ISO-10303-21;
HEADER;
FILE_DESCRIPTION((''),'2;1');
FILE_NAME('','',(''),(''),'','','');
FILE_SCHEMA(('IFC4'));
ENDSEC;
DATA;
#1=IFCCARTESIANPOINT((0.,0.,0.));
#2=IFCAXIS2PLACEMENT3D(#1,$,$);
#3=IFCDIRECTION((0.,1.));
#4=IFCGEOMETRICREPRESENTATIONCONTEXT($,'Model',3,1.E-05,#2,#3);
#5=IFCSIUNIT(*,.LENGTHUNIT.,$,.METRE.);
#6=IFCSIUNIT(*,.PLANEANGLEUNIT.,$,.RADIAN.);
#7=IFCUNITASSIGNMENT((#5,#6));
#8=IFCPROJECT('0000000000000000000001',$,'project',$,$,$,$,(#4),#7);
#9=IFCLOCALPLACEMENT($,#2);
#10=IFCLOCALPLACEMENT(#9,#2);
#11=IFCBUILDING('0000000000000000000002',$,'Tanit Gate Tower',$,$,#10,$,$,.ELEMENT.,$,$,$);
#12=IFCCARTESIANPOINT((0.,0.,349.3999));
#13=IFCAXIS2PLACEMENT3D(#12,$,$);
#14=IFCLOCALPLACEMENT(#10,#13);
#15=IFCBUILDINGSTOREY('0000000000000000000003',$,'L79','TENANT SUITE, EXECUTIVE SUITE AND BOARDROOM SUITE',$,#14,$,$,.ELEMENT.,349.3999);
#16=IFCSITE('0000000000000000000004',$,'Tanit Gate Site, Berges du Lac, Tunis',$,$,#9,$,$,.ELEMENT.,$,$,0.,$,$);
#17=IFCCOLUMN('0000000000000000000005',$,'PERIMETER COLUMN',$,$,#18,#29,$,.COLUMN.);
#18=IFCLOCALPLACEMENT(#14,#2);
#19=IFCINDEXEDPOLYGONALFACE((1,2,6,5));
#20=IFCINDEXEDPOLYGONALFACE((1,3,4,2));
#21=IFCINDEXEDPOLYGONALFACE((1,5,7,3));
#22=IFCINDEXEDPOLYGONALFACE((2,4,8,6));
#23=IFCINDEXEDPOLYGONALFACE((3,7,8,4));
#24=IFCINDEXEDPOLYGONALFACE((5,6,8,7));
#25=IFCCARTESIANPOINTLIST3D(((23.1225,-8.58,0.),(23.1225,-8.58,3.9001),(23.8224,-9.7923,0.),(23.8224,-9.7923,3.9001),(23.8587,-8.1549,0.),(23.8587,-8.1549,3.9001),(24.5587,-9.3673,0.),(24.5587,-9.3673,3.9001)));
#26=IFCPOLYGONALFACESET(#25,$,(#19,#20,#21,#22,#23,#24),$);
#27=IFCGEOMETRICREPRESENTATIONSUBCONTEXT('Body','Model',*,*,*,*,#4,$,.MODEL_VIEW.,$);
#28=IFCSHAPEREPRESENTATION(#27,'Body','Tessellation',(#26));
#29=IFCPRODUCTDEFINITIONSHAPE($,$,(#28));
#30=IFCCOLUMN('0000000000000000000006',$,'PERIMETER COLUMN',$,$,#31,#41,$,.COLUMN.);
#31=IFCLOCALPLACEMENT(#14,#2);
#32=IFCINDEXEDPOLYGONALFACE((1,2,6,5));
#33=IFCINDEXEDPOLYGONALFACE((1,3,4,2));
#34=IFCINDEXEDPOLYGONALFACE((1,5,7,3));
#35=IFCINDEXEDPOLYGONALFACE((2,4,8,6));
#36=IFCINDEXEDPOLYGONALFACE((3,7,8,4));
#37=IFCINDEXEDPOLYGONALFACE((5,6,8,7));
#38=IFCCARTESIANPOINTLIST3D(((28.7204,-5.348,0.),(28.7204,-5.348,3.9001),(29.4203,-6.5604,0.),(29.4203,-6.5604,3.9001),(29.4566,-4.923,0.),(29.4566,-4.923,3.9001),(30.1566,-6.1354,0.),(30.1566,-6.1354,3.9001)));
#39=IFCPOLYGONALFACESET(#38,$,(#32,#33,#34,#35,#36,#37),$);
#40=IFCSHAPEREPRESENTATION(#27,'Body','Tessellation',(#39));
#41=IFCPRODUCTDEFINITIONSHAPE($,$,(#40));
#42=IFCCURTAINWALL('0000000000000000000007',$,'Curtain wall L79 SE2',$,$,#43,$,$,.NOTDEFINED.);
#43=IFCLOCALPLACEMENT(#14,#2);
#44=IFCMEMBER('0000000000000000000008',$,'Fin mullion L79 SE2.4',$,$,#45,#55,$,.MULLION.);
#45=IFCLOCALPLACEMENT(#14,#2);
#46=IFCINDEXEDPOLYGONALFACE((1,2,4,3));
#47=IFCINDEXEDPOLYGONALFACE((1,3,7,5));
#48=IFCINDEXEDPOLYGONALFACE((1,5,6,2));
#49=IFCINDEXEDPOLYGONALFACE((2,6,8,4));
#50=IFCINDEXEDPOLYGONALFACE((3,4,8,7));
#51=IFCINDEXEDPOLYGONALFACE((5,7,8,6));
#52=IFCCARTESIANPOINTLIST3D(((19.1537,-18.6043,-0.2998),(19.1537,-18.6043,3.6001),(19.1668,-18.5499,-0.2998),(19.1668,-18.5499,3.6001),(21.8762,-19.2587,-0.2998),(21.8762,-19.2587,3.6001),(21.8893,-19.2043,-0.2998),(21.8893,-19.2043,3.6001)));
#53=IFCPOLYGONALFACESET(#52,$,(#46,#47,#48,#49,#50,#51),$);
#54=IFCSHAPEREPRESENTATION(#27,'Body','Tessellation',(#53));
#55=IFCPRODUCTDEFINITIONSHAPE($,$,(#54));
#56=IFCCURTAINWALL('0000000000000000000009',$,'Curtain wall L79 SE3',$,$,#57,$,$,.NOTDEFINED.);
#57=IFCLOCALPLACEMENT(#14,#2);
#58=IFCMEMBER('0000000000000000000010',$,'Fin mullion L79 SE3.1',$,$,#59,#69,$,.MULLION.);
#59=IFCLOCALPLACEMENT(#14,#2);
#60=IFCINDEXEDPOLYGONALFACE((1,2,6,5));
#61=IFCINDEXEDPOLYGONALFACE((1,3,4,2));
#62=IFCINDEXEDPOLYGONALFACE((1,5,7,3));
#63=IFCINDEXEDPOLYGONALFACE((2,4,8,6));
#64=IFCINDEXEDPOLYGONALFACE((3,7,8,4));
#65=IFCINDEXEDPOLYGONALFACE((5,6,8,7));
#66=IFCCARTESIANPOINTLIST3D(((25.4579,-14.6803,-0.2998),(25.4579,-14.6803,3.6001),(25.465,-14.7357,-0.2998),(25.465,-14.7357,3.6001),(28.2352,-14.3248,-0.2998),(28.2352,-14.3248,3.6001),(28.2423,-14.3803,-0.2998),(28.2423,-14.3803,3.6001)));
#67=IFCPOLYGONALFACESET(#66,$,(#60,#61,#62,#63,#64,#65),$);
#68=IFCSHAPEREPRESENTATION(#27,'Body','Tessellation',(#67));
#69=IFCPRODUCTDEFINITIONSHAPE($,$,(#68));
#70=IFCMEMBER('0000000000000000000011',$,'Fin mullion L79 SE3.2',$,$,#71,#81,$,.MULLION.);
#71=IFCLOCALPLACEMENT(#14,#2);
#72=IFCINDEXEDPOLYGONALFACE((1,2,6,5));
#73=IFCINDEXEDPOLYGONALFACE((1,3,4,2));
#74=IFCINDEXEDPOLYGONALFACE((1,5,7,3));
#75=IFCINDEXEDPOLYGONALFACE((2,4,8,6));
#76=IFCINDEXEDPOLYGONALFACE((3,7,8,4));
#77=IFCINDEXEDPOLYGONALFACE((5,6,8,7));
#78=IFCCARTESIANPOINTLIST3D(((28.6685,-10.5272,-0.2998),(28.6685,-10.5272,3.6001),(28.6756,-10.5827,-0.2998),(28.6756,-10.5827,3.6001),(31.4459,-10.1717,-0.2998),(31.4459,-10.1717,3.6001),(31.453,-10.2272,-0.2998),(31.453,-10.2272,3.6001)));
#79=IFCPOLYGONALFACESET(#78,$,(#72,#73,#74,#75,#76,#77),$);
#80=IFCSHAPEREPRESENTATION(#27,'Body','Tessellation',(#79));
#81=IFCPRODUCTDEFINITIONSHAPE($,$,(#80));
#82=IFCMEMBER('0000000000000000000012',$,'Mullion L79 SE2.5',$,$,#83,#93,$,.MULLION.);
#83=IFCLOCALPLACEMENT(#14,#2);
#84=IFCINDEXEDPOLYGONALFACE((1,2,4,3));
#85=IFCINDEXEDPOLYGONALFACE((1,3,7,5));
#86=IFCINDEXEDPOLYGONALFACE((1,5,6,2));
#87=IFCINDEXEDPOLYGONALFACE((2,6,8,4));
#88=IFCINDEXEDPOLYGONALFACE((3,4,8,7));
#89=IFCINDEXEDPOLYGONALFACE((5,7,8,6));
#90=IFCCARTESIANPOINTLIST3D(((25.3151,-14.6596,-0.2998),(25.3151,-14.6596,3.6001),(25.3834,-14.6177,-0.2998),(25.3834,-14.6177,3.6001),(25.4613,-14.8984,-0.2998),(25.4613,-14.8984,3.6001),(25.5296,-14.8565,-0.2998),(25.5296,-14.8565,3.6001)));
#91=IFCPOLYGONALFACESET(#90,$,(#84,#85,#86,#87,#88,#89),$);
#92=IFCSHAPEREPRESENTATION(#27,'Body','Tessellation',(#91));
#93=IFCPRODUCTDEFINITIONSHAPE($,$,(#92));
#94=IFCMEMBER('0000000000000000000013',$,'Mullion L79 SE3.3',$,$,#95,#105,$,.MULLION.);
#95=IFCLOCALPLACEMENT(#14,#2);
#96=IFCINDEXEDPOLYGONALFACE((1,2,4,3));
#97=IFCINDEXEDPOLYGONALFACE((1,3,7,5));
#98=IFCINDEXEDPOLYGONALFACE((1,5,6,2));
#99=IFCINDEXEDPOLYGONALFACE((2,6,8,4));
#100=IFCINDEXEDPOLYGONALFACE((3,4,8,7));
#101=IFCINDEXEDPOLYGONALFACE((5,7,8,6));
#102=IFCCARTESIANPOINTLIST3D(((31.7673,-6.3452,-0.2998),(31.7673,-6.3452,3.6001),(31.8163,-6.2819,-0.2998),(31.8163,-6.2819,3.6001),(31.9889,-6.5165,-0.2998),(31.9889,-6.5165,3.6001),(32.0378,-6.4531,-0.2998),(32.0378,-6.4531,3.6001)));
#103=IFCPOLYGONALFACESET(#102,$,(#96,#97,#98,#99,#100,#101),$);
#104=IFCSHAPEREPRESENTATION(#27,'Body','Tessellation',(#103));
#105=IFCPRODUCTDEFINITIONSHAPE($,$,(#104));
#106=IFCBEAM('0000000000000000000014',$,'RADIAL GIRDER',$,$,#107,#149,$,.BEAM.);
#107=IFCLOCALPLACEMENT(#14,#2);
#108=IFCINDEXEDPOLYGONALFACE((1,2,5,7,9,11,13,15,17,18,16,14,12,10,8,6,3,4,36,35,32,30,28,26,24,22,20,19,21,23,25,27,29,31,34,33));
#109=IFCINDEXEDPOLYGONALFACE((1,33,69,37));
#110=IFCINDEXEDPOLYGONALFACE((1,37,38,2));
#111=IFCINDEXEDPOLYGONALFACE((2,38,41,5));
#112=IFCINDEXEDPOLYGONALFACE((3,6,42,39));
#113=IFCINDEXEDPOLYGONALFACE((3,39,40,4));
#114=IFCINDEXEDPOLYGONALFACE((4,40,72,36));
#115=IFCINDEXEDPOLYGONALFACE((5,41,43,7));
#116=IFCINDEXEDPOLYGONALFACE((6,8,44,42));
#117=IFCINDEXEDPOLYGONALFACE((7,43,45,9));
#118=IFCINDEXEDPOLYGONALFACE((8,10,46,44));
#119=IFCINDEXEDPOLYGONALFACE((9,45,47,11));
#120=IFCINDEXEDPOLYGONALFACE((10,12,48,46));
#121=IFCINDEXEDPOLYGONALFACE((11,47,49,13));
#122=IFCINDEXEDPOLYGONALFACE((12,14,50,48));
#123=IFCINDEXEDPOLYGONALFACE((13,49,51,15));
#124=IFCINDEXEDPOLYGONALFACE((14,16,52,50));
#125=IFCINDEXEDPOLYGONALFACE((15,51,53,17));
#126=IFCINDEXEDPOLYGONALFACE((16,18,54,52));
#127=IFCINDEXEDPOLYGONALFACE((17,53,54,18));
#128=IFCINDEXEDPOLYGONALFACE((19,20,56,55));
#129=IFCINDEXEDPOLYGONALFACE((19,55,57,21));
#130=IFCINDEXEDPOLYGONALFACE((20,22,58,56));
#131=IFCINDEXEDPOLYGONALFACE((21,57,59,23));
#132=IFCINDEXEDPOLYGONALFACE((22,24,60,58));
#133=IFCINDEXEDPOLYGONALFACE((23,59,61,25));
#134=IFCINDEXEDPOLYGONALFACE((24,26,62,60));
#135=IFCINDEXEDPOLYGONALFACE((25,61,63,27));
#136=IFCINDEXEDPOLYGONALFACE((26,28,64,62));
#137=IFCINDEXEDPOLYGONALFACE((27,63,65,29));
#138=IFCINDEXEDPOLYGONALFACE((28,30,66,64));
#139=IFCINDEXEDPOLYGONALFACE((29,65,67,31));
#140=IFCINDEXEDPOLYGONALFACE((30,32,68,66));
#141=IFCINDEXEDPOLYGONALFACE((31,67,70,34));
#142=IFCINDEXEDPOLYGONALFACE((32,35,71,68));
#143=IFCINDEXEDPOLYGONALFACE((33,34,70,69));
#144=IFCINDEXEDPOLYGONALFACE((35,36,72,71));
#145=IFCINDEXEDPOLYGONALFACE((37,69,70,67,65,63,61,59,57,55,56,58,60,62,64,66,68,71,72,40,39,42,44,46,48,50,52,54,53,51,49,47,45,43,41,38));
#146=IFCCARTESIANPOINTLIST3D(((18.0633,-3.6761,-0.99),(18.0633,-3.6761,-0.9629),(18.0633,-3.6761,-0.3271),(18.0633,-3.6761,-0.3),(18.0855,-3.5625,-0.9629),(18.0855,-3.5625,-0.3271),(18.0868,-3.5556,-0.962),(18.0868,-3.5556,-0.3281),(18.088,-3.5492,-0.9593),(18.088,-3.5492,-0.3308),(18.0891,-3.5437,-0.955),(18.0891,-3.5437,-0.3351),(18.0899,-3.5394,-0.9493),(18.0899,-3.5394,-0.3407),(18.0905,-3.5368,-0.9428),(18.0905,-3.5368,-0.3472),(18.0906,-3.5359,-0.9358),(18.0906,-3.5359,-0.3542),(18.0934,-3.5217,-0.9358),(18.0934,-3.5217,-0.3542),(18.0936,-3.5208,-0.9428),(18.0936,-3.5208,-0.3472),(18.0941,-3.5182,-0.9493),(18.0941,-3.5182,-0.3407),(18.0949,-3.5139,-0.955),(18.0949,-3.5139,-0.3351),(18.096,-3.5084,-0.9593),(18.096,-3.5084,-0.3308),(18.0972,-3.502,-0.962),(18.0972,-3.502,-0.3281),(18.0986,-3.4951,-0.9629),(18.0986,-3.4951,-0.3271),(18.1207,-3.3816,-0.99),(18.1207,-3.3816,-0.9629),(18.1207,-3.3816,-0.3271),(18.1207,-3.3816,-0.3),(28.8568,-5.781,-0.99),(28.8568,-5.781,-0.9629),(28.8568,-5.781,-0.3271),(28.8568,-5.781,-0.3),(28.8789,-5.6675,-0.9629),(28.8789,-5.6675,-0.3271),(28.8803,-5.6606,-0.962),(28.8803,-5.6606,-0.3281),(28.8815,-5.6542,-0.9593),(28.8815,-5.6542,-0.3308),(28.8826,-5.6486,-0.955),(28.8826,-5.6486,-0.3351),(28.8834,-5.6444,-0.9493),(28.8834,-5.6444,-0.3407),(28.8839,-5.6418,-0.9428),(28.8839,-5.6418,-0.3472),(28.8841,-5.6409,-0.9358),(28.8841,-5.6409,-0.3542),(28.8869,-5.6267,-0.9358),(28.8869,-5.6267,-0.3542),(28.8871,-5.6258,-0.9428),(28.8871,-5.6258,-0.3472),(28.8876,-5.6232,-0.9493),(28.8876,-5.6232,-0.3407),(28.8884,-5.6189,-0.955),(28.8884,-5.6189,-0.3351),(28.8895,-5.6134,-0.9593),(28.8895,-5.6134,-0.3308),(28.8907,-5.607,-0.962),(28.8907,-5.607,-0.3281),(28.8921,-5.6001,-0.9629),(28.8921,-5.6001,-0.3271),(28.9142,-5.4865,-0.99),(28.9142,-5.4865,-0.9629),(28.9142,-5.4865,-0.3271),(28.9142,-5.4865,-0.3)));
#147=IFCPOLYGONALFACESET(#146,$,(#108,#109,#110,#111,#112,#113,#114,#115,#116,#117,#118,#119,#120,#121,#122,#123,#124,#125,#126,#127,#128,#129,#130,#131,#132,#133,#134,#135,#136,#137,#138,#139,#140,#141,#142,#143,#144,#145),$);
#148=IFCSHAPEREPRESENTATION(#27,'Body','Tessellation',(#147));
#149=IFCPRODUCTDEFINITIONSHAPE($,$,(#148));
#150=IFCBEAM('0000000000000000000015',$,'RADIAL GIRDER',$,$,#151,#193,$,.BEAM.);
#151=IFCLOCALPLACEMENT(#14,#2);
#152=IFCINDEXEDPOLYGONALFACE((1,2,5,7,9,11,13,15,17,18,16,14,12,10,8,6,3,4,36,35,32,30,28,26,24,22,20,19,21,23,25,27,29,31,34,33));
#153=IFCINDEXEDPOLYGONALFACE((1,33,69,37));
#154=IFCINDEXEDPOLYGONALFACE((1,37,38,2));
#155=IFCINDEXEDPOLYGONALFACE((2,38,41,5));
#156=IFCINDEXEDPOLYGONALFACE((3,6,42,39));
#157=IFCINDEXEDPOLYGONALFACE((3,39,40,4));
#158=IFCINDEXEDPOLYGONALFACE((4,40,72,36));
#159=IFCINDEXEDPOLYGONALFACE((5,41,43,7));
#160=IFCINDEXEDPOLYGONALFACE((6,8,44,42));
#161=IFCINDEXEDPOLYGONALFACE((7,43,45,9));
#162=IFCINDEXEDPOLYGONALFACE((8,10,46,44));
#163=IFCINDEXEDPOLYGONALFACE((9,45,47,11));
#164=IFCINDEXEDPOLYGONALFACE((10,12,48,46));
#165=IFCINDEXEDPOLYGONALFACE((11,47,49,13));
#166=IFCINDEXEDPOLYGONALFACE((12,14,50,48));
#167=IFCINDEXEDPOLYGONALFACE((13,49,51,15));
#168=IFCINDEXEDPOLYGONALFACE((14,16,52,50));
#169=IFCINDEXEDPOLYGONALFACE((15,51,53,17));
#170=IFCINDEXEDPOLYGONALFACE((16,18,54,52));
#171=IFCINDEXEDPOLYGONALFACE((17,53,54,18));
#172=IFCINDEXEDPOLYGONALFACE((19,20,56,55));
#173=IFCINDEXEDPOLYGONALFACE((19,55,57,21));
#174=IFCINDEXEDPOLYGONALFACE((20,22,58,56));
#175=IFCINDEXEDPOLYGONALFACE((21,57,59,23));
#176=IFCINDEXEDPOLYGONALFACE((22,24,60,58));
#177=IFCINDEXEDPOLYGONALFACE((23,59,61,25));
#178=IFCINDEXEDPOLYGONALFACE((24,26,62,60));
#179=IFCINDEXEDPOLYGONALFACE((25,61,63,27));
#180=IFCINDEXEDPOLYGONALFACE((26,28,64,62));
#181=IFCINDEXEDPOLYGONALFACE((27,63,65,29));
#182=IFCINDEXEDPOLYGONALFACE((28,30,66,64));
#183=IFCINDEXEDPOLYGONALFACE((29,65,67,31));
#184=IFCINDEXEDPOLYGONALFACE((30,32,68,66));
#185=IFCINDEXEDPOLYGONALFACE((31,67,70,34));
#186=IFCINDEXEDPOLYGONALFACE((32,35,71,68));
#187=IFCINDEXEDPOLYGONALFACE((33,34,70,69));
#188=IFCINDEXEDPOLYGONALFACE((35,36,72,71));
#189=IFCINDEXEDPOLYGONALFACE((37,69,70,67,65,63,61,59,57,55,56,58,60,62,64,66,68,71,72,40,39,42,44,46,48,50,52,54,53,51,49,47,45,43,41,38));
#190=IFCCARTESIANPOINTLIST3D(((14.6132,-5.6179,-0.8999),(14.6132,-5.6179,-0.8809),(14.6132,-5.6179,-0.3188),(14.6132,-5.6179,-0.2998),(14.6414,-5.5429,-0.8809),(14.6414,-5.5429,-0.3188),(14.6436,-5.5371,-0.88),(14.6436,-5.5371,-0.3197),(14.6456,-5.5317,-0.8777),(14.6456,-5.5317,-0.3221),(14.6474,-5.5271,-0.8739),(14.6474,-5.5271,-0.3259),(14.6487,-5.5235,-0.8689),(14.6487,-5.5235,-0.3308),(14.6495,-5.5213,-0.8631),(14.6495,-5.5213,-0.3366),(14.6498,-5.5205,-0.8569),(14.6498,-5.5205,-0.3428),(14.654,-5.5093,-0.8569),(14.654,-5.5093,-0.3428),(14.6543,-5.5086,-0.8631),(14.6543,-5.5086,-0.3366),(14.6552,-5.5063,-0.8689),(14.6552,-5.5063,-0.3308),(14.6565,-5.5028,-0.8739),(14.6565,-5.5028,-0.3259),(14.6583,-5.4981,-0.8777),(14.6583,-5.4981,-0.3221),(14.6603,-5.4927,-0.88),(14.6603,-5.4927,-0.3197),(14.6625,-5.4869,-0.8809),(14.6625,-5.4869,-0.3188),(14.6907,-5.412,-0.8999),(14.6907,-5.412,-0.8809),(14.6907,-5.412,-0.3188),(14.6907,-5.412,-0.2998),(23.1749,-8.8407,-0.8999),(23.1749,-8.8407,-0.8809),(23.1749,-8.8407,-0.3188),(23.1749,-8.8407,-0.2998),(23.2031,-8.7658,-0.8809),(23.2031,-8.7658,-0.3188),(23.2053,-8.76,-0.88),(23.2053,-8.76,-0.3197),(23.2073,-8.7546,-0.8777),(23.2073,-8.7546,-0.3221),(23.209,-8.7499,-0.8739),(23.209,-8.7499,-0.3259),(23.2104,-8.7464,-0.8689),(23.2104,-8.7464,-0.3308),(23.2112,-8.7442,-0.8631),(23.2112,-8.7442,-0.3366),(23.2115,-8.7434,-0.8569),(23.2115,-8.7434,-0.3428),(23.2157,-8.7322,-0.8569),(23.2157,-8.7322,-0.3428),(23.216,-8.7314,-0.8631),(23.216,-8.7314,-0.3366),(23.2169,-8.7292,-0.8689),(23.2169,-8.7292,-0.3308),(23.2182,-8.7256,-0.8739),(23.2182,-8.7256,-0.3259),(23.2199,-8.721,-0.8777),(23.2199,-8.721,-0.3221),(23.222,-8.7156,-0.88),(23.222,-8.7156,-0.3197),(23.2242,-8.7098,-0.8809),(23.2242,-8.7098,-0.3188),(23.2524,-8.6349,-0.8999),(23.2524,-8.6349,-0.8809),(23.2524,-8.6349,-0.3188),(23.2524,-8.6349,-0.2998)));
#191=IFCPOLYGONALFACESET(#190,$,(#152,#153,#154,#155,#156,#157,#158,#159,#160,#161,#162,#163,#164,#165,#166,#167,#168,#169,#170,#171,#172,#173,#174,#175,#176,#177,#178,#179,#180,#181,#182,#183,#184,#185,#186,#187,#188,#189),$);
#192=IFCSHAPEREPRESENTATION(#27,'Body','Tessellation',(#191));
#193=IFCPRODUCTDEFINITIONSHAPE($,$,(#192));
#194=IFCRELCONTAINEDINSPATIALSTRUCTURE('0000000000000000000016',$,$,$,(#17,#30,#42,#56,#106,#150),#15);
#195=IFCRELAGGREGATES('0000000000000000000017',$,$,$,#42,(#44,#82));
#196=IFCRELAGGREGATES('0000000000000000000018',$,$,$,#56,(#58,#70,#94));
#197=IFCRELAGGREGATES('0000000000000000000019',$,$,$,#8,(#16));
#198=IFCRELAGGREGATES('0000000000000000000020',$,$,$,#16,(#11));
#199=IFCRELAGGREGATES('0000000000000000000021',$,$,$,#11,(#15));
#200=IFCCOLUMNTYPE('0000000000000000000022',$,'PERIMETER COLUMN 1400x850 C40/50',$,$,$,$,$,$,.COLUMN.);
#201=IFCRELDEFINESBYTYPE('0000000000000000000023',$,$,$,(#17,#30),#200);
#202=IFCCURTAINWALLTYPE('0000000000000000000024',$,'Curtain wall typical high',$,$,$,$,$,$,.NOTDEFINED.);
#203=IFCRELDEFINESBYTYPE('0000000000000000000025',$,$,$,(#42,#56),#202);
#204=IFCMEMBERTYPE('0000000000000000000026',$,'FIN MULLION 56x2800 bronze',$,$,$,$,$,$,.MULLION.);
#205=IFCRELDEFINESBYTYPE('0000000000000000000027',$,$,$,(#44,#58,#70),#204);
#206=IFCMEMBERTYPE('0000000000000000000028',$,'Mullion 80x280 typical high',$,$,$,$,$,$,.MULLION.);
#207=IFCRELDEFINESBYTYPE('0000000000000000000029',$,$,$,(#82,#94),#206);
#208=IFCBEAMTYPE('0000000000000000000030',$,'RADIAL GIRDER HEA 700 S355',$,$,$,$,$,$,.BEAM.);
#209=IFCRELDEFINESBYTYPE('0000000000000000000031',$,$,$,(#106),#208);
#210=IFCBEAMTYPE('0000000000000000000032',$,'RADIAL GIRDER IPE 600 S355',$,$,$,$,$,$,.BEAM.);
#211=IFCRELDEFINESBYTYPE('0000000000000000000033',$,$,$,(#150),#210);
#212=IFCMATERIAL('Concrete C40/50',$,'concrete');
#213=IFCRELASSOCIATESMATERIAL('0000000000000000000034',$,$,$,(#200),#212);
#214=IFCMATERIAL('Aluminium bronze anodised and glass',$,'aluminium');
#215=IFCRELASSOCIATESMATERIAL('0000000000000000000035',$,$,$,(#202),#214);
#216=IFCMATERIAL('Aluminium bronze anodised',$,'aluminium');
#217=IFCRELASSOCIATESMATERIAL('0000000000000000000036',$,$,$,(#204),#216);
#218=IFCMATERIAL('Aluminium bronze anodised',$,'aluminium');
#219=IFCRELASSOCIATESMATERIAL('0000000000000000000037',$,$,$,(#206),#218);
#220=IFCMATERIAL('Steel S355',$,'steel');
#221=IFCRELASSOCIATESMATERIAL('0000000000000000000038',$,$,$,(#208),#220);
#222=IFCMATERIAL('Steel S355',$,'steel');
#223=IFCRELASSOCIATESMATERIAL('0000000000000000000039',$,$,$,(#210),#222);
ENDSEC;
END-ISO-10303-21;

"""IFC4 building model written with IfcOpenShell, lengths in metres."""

from ifc_helpers import new_model, si_unit, direction, frame, origin, origin_2d, place, context, subcontext, project, spatial, rectangle, i_section, extrude, material, material_profile, profile_set, type_object, element, aggregate, save


model = new_model("IFC4")

# Units and contexts
model_context = context("Model", 3, precision=1e-05, world=origin(), true_north=direction((0.0, 1.0)))
body_context = subcontext(model_context, "Body", "Model", "MODEL_VIEW")
ifc_project = project(units=[si_unit("LENGTHUNIT", "METRE"), si_unit("PLANEANGLEUNIT", "RADIAN")], contexts=[model_context])

# Site, building, storey
site_placement = place(None, origin())
site = spatial("IfcSite", under=ifc_project, at=site_placement, Name="Tanit Gate Site, Berges du Lac, Tunis", CompositionType="ELEMENT", RefElevation=0.0)
building_placement = place(site_placement, origin())
building = spatial("IfcBuilding", under=site, at=building_placement, Name="Tanit Gate Tower", CompositionType="ELEMENT")
storey_placement = place(building_placement, frame((0.0, 0.0, 349.3999)))
storey = spatial("IfcBuildingStorey", under=building, at=storey_placement, Name="L79", Description="TENANT SUITE, EXECUTIVE SUITE AND BOARDROOM SUITE", CompositionType="ELEMENT", Elevation=349.3999)

# Columns
ifc_material_1 = material(Name="Concrete C40/50", Category="concrete")
ifc_material_profile_1 = material_profile(ifc_material_1, rectangle(XDim=1.3999, YDim=0.8501, at=origin_2d()), Name="RC 1400x850")
ifc_profile_set_1 = profile_set([ifc_material_profile_1], Name="Concrete C40/50")
column_type = type_object("IfcColumnType", Name="PERIMETER COLUMN 1400x850 C40/50", PredefinedType="COLUMN", material=ifc_profile_set_1)
for number, where, z_axis, x_axis, name in (
    (1, (23.8406, -8.9736, 0.0), (0.0, 0.0, 1.0), (0.5, -0.866025, 0.0), "PERIMETER COLUMN"),
    (2, (29.4385, -5.7417, 0.0), (0.0, 0.0, 1.0), (0.5, -0.866025, 0.0), "PERIMETER COLUMN"),
):
    element("IfcColumn", number, at=place(storey_placement, frame(where, z_axis=z_axis, x_axis=x_axis)), inside=storey, type_object=column_type, Name=name, PredefinedType="COLUMN", context=body_context, shape_type="SweptSolid", body=[
        extrude(rectangle(XDim=1.3999, YDim=0.8501, at=origin_2d()), origin(), (0.0, 0.0, 1.0), 3.9001),
    ])

# Curtain wall, member
ifc_material_2 = material(Name="Aluminium bronze anodised and glass", Category="aluminium")
curtain_wall_type = type_object("IfcCurtainWallType", Name="Curtain wall typical high", PredefinedType="NOTDEFINED", material=ifc_material_2)
curtain_wall_1_placement = place(storey_placement, origin())
curtain_wall_1 = element("IfcCurtainWall", 3, at=curtain_wall_1_placement, inside=storey, type_object=curtain_wall_type, Name="Curtain wall L79 SE2", PredefinedType="NOTDEFINED")
ifc_material_3 = material(Name="Aluminium bronze anodised", Category="aluminium")
ifc_material_profile_2 = material_profile(ifc_material_3, rectangle(XDim=2.8, YDim=0.0559, at=origin_2d()), Name="56x2800 bronze fin mullion")
ifc_profile_set_2 = profile_set([ifc_material_profile_2], Name="Aluminium bronze anodised")
member_type_1 = type_object("IfcMemberType", Name="FIN MULLION 56x2800 bronze", PredefinedType="MULLION", material=ifc_profile_set_2)
member_1_placement = place(storey_placement, frame((20.5215, -18.9043, -0.2998), z_axis=(0.0, 0.0, 1.0), x_axis=(-0.972311, 0.233691, 0.0)))
member_1 = element("IfcMember", 4, at=member_1_placement, type_object=member_type_1, Name="Fin mullion L79 SE2.4", PredefinedType="MULLION", context=body_context, shape_type="SweptSolid", body=[
    extrude(rectangle(XDim=2.8, YDim=0.0559, at=origin_2d()), origin(), (0.0, 0.0, 1.0), 3.8999),
])

# Curtain wall, members
curtain_wall_2_placement = place(storey_placement, origin())
curtain_wall_2 = element("IfcCurtainWall", 5, at=curtain_wall_2_placement, inside=storey, type_object=curtain_wall_type, Name="Curtain wall L79 SE3", PredefinedType="NOTDEFINED")
member_2_placement = place(storey_placement, frame((26.8501, -14.5303, -0.2998), z_axis=(0.0, 0.0, 1.0), x_axis=(-0.991908, -0.126956, 0.0)))
member_2 = element("IfcMember", 6, at=member_2_placement, type_object=member_type_1, Name="Fin mullion L79 SE3.1", PredefinedType="MULLION", context=body_context, shape_type="SweptSolid", body=[
    extrude(rectangle(XDim=2.8, YDim=0.0559, at=origin_2d()), origin(), (0.0, 0.0, 1.0), 3.8999),
])
member_3_placement = place(storey_placement, frame((30.0608, -10.3772, -0.2998), z_axis=(0.0, 0.0, 1.0), x_axis=(-0.991908, -0.126956, 0.0)))
member_3 = element("IfcMember", 7, at=member_3_placement, type_object=member_type_1, Name="Fin mullion L79 SE3.2", PredefinedType="MULLION", context=body_context, shape_type="SweptSolid", body=[
    extrude(rectangle(XDim=2.8, YDim=0.0559, at=origin_2d()), origin(), (0.0, 0.0, 1.0), 3.8999),
])

# Members
ifc_material_4 = material(Name="Aluminium bronze anodised", Category="aluminium")
ifc_material_profile_3 = material_profile(ifc_material_4, rectangle(XDim=0.28, YDim=0.0801, at=origin_2d()), Name="80x280 bronze mullion")
ifc_profile_set_3 = profile_set([ifc_material_profile_3], Name="Aluminium bronze anodised")
member_type_2 = type_object("IfcMemberType", Name="Mullion 80x280 typical high", PredefinedType="MULLION", material=ifc_profile_set_3)
member_4_placement = place(storey_placement, frame((25.4224, -14.7581, -0.2998), z_axis=(0.0, 0.0, 1.0), x_axis=(-0.522283, 0.852772, 0.0)))
member_4 = element("IfcMember", 8, at=member_4_placement, type_object=member_type_2, Name="Mullion L79 SE2.5", PredefinedType="MULLION", context=body_context, shape_type="SweptSolid", body=[
    extrude(rectangle(XDim=0.28, YDim=0.0801, at=origin_2d()), origin(), (0.0, 0.0, 1.0), 3.8999),
])
member_5_placement = place(storey_placement, frame((31.9026, -6.3992, -0.2998), z_axis=(0.0, 0.0, 1.0), x_axis=(-0.791157, 0.611613, 0.0)))
member_5 = element("IfcMember", 9, at=member_5_placement, type_object=member_type_2, Name="Mullion L79 SE3.3", PredefinedType="MULLION", context=body_context, shape_type="SweptSolid", body=[
    extrude(rectangle(XDim=0.28, YDim=0.0801, at=origin_2d()), origin(), (0.0, 0.0, 1.0), 3.8999),
])

# Beams
ifc_material_5 = material(Name="Steel S355", Category="steel")
ifc_material_profile_4 = material_profile(ifc_material_5, i_section(OverallWidth=0.3, OverallDepth=0.6899, WebThickness=0.0144, FlangeThickness=0.0271, FilletRadius=0.0271, at=origin_2d()), Name="HEA 700")
ifc_profile_set_4 = profile_set([ifc_material_profile_4], Name="Steel S355")
beam_type_1 = type_object("IfcBeamType", Name="RADIAL GIRDER HEA 700 S355", PredefinedType="BEAM", material=ifc_profile_set_4)
beam_1_placement = place(storey_placement, frame((28.8855, -5.6338, -0.645), z_axis=(-0.981509, 0.191418, 0.0), x_axis=(-0.191418, -0.981509, 0.0)))
element("IfcBeam", 10, at=beam_1_placement, inside=storey, type_object=beam_type_1, Name="RADIAL GIRDER", PredefinedType="BEAM", context=body_context, shape_type="SweptSolid", body=[
    extrude(i_section(OverallWidth=0.3, OverallDepth=0.6899, WebThickness=0.0144, FlangeThickness=0.0271, FilletRadius=0.0271, at=origin_2d()), origin(), (0.0, 0.0, 1.0), 10.9968),
])
ifc_material_6 = material(Name="Steel S355", Category="steel")
ifc_material_profile_5 = material_profile(ifc_material_6, i_section(OverallWidth=0.22, OverallDepth=0.6001, WebThickness=0.012, FlangeThickness=0.019, FilletRadius=0.0239, at=origin_2d()), Name="IPE 600")
ifc_profile_set_5 = profile_set([ifc_material_profile_5], Name="Steel S355")
beam_type_2 = type_object("IfcBeamType", Name="RADIAL GIRDER IPE 600 S355", PredefinedType="BEAM", material=ifc_profile_set_5)
beam_2_placement = place(storey_placement, frame((23.2136, -8.7378, -0.5999), z_axis=(-0.935889, 0.352296, 0.0), x_axis=(-0.352296, -0.935889, 0.0)))
element("IfcBeam", 11, at=beam_2_placement, inside=storey, type_object=beam_type_2, Name="RADIAL GIRDER", PredefinedType="BEAM", context=body_context, shape_type="SweptSolid", body=[
    extrude(i_section(OverallWidth=0.22, OverallDepth=0.6001, WebThickness=0.012, FlangeThickness=0.019, FilletRadius=0.0239, at=origin_2d()), origin(), (0.0, 0.0, 1.0), 9.1482),
])

aggregate(curtain_wall_1, [member_1, member_4])
aggregate(curtain_wall_2, [member_2, member_3, member_5])

save(model, "model.ifc")
